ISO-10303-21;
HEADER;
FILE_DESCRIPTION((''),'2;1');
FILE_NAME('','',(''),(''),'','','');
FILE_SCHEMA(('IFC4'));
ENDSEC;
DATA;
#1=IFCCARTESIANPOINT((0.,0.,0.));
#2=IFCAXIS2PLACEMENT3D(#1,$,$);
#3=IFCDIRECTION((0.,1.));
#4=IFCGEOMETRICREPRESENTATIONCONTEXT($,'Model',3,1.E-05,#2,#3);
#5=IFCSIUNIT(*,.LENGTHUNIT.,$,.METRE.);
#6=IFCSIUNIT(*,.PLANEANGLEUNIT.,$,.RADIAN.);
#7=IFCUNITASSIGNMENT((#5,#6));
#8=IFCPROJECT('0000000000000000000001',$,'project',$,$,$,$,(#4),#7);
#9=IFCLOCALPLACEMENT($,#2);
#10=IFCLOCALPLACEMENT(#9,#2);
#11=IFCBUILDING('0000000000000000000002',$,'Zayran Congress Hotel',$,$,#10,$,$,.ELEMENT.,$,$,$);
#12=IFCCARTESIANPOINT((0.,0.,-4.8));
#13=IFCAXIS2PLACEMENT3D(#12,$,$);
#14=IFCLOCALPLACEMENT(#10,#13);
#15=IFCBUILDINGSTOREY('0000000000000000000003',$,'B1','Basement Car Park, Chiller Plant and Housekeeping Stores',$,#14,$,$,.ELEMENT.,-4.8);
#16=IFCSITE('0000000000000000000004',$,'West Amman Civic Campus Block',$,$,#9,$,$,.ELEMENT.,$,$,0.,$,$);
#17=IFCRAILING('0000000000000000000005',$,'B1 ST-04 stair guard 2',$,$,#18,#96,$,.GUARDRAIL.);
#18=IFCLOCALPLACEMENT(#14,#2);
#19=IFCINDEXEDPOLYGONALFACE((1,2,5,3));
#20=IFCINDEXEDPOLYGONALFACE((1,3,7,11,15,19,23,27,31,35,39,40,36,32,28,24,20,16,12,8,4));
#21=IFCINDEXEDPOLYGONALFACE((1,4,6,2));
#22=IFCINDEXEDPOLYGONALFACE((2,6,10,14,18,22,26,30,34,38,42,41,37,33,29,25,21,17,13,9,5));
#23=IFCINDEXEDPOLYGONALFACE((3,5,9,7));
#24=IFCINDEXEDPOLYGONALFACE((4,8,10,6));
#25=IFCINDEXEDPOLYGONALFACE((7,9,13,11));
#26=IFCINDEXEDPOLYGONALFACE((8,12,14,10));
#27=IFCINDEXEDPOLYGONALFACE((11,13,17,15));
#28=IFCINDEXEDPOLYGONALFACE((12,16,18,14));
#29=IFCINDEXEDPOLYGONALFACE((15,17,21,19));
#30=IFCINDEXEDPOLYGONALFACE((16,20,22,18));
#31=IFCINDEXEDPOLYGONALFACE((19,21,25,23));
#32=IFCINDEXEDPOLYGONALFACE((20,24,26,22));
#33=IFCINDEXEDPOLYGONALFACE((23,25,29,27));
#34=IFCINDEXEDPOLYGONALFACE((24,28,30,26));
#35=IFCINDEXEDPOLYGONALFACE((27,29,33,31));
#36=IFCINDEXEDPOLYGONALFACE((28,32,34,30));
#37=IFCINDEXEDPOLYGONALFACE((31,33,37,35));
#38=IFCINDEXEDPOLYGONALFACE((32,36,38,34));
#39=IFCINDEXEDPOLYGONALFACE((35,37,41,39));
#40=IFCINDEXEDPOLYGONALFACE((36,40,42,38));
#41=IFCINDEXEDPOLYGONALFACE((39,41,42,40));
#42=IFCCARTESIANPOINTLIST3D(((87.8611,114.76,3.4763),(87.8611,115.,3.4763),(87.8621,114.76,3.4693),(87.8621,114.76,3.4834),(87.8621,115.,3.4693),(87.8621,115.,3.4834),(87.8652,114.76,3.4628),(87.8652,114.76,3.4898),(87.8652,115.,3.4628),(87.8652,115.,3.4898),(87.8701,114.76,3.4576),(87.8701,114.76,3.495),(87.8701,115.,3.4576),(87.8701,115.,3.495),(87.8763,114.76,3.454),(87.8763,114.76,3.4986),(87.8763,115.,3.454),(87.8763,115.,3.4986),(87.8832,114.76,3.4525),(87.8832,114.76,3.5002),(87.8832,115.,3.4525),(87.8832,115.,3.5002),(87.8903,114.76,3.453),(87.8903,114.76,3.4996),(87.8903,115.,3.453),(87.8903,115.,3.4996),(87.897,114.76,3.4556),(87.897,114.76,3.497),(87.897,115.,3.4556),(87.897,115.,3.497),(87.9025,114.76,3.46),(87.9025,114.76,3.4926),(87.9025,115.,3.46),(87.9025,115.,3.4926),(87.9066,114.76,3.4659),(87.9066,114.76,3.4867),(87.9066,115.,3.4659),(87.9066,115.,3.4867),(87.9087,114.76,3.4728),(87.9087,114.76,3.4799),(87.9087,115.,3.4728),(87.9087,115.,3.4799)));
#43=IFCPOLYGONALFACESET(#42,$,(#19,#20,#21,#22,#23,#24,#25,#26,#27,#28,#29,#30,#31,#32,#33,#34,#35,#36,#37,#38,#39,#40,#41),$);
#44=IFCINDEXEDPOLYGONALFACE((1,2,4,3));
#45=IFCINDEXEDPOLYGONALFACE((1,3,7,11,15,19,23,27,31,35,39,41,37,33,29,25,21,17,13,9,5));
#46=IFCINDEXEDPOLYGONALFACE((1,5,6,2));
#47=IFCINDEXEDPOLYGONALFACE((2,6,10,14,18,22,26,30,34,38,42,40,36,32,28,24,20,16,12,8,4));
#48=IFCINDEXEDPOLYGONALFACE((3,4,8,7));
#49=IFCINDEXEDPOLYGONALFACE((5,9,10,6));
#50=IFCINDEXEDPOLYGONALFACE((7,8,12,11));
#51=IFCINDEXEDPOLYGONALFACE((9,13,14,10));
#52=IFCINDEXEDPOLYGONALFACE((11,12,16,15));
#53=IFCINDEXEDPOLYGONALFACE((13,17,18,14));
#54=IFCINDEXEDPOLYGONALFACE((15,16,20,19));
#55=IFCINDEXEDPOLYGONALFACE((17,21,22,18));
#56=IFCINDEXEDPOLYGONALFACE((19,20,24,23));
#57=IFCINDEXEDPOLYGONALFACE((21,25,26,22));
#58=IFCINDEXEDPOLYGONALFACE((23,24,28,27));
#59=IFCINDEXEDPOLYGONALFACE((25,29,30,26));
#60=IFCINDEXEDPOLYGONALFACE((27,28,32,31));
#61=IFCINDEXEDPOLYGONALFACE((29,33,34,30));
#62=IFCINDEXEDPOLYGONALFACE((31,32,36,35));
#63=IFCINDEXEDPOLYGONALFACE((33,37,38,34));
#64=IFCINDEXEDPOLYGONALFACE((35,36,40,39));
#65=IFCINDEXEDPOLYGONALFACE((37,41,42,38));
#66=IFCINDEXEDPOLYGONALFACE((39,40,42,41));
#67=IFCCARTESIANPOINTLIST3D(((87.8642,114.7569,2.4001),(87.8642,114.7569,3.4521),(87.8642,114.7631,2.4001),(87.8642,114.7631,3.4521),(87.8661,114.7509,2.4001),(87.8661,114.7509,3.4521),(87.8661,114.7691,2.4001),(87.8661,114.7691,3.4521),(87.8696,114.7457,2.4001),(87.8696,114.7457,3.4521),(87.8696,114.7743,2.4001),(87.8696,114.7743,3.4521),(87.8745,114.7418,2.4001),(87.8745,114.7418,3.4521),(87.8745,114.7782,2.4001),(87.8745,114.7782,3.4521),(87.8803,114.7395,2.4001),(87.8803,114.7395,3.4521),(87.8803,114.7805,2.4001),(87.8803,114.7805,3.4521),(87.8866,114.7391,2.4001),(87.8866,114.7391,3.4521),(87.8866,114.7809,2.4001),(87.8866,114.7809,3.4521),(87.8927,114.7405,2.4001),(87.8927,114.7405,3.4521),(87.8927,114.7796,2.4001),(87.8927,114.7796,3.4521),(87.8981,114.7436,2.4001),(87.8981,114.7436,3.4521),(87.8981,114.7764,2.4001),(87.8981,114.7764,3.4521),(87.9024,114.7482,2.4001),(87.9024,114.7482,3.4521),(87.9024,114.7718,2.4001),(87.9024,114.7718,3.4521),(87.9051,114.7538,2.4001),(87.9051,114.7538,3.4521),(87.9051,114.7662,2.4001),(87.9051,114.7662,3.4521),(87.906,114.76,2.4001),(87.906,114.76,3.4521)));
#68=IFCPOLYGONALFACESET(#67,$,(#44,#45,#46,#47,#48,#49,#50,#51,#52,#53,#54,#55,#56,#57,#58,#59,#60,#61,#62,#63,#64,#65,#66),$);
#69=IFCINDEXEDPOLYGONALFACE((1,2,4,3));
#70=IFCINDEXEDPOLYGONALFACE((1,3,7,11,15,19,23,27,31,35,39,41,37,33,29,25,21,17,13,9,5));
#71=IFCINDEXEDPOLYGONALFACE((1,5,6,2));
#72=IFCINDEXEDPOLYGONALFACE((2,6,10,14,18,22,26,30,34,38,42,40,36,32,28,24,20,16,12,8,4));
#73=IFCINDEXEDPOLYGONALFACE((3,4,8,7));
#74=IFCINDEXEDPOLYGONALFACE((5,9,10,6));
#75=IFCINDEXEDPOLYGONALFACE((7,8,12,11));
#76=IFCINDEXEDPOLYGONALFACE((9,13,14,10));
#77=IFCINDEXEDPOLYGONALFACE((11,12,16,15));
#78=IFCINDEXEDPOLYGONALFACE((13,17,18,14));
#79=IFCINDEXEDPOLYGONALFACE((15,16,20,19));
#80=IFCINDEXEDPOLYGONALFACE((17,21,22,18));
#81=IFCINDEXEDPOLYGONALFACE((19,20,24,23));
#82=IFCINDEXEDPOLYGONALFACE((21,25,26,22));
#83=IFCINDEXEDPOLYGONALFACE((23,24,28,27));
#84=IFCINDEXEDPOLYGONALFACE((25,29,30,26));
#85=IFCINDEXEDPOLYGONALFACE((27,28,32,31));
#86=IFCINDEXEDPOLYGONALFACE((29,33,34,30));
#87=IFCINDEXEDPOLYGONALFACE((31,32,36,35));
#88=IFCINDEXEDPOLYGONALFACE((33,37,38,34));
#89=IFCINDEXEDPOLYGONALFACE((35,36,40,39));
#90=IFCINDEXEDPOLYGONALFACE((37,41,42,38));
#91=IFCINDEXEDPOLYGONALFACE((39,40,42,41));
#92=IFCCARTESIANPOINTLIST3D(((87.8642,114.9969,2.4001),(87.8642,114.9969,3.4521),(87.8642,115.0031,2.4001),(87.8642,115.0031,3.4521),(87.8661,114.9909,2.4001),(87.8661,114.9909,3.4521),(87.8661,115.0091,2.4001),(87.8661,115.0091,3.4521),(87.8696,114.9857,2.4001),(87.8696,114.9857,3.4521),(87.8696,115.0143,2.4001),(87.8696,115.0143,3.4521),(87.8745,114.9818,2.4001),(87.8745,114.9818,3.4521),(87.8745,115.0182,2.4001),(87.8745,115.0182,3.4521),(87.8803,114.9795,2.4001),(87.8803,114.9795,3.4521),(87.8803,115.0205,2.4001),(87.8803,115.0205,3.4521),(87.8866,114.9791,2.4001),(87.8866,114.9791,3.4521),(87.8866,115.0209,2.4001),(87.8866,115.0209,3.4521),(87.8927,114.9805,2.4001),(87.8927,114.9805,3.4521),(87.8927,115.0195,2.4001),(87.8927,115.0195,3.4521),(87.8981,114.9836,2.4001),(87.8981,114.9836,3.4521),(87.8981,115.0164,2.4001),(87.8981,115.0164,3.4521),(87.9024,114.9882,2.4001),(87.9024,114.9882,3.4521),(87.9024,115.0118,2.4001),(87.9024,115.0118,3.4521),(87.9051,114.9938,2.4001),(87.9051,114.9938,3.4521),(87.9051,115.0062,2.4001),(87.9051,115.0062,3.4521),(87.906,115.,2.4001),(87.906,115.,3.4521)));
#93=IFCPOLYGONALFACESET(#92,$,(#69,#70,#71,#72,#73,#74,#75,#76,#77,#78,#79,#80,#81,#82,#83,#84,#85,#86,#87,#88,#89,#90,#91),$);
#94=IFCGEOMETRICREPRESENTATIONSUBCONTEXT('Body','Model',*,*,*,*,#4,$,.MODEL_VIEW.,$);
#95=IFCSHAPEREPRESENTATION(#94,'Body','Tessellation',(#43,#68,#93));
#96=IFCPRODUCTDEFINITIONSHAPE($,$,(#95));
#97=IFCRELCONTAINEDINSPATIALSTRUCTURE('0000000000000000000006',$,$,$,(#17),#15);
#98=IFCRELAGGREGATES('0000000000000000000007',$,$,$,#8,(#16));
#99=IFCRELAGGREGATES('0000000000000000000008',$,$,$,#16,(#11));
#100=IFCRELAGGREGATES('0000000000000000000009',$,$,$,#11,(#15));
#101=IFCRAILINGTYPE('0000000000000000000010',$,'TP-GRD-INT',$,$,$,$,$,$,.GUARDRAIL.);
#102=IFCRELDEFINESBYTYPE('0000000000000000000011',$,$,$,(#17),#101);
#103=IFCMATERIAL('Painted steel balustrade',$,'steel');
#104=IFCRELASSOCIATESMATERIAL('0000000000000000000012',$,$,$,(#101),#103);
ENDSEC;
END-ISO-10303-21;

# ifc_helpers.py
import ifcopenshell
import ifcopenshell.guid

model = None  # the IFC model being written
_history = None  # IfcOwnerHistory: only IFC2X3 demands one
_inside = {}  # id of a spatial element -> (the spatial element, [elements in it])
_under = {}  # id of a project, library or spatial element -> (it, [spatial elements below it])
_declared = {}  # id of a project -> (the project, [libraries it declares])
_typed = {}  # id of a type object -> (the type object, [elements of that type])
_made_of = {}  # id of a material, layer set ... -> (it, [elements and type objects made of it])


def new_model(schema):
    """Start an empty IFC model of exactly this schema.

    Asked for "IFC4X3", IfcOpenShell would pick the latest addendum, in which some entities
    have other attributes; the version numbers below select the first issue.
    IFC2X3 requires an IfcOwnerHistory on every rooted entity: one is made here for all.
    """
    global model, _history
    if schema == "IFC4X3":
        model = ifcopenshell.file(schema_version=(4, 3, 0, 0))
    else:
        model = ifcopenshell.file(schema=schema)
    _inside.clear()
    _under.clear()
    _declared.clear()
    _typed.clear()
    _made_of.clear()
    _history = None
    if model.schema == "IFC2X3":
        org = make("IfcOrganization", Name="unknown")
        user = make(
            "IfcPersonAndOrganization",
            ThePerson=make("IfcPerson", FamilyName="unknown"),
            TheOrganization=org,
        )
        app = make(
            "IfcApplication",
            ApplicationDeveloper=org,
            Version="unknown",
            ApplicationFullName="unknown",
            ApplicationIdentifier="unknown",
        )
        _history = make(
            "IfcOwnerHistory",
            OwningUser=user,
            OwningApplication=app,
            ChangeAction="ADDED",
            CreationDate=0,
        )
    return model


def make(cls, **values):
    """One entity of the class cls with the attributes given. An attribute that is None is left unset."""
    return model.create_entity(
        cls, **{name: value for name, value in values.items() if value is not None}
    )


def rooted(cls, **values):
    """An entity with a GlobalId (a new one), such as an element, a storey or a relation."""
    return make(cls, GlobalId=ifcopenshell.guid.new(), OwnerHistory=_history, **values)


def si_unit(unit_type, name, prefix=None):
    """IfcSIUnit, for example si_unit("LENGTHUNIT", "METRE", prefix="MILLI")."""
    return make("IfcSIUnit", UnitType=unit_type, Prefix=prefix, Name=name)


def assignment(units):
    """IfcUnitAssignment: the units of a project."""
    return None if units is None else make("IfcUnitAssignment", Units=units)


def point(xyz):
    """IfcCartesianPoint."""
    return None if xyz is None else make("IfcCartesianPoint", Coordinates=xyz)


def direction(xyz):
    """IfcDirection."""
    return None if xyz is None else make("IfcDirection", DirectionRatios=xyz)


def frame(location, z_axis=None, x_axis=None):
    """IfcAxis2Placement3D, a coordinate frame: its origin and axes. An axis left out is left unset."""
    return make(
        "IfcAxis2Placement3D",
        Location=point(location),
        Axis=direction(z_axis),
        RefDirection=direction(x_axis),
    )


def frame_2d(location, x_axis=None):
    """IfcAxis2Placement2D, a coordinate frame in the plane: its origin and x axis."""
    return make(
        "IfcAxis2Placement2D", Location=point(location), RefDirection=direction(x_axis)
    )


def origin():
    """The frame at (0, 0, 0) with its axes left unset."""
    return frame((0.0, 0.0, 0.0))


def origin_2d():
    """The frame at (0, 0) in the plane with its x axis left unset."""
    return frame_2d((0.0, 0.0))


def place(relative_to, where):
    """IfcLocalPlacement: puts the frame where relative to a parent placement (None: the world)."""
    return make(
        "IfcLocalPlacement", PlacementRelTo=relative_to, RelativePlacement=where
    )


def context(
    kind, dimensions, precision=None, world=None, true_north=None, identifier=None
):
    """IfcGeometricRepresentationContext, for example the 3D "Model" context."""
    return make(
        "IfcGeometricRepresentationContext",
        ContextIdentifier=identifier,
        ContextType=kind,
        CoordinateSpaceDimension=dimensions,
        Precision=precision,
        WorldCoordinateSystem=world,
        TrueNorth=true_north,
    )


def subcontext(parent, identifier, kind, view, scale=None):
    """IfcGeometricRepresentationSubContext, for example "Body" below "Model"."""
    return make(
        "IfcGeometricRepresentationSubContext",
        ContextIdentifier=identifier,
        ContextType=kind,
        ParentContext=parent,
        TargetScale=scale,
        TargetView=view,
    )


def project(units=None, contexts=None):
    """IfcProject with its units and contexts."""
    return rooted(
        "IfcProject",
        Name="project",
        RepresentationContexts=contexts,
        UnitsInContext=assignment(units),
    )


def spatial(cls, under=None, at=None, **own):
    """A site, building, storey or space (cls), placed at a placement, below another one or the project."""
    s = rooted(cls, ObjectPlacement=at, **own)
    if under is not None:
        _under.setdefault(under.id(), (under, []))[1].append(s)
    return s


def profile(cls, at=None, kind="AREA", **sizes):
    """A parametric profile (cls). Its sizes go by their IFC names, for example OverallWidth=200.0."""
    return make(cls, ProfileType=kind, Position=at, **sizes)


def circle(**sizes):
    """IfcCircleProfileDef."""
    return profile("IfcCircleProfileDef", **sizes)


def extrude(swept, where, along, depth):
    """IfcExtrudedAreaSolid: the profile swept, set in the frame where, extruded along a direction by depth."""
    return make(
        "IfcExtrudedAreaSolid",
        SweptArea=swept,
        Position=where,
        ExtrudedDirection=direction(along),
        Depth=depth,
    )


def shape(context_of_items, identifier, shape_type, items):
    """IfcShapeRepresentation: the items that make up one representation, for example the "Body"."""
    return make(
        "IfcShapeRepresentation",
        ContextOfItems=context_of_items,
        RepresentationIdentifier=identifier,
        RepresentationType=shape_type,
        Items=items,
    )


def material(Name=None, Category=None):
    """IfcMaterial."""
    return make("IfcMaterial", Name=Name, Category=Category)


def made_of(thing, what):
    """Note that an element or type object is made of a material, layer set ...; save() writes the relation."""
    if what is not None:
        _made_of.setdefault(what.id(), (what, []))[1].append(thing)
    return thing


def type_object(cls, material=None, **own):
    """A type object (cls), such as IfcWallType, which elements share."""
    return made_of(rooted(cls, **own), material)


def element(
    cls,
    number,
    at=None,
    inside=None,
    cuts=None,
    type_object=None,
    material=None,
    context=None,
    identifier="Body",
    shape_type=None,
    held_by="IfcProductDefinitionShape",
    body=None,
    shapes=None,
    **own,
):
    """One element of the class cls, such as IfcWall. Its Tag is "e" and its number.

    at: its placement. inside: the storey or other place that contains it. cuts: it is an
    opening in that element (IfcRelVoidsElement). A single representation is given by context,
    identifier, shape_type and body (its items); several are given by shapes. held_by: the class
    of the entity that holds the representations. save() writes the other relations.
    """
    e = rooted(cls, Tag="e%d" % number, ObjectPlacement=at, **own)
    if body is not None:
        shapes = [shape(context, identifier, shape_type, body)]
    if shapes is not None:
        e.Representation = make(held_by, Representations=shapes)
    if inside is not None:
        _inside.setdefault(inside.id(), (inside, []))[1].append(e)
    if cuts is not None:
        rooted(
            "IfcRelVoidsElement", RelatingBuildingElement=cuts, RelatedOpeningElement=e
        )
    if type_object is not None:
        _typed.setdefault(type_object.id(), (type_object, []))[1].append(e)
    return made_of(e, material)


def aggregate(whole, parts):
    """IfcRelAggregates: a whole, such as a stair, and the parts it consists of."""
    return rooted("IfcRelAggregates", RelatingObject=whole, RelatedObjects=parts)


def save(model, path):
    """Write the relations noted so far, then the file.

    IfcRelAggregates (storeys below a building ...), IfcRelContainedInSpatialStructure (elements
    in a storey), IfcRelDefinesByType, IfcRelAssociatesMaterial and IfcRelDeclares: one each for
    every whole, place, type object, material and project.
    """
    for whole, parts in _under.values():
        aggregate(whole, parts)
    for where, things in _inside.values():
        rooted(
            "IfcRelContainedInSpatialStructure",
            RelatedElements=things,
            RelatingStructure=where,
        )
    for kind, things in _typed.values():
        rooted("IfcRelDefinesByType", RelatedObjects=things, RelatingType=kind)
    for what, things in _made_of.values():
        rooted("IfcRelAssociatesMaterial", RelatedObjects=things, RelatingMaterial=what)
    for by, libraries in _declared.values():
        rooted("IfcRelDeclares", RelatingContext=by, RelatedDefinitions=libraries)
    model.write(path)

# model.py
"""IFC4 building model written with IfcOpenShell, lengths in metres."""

from ifc_helpers import new_model, si_unit, direction, frame, origin, origin_2d, place, context, subcontext, project, spatial, circle, extrude, material, type_object, element, save


model = new_model("IFC4")

# Units and contexts
model_context = context("Model", 3, precision=1e-05, world=origin(), true_north=direction((0.0, 1.0)))
body_context = subcontext(model_context, "Body", "Model", "MODEL_VIEW")
ifc_project = project(units=[si_unit("LENGTHUNIT", "METRE"), si_unit("PLANEANGLEUNIT", "RADIAN")], contexts=[model_context])

# Site, building, storey
site_placement = place(None, origin())
site = spatial("IfcSite", under=ifc_project, at=site_placement, Name="West Amman Civic Campus Block", CompositionType="ELEMENT", RefElevation=0.0)
building_placement = place(site_placement, origin())
building = spatial("IfcBuilding", under=site, at=building_placement, Name="Zayran Congress Hotel", CompositionType="ELEMENT")
storey_placement = place(building_placement, frame((0.0, 0.0, -4.8)))
storey = spatial("IfcBuildingStorey", under=building, at=storey_placement, Name="B1", Description="Basement Car Park, Chiller Plant and Housekeeping Stores", CompositionType="ELEMENT", Elevation=-4.8)

# Railing
ifc_material_1 = material(Name="Painted steel balustrade", Category="steel")
railing_type_1 = type_object("IfcRailingType", Name="TP-GRD-INT", PredefinedType="GUARDRAIL", material=ifc_material_1)
railing_1_placement = place(storey_placement, frame((87.885, 114.76, 2.4001)))
element("IfcRailing", 1, at=railing_1_placement, inside=storey, type_object=railing_type_1, Name="B1 ST-04 stair guard 2", PredefinedType="GUARDRAIL", context=body_context, shape_type="SweptSolid", body=[
    extrude(circle(Radius=0.0239, at=origin_2d()), frame((0.0, 0.0, 1.0762), z_axis=(0.0, 1.0, 0.0), x_axis=(-1.0, 0.0, 0.0)), (0.0, 0.0, 1.0), 0.24),
    extrude(circle(Radius=0.021, at=origin_2d()), origin(), (0.0, 0.0, 1.0), 1.052),
    extrude(circle(Radius=0.021, at=origin_2d()), frame((0.0, 0.24, 0.0)), (0.0, 0.0, 1.0), 1.052),
])

save(model, "model.ifc")
